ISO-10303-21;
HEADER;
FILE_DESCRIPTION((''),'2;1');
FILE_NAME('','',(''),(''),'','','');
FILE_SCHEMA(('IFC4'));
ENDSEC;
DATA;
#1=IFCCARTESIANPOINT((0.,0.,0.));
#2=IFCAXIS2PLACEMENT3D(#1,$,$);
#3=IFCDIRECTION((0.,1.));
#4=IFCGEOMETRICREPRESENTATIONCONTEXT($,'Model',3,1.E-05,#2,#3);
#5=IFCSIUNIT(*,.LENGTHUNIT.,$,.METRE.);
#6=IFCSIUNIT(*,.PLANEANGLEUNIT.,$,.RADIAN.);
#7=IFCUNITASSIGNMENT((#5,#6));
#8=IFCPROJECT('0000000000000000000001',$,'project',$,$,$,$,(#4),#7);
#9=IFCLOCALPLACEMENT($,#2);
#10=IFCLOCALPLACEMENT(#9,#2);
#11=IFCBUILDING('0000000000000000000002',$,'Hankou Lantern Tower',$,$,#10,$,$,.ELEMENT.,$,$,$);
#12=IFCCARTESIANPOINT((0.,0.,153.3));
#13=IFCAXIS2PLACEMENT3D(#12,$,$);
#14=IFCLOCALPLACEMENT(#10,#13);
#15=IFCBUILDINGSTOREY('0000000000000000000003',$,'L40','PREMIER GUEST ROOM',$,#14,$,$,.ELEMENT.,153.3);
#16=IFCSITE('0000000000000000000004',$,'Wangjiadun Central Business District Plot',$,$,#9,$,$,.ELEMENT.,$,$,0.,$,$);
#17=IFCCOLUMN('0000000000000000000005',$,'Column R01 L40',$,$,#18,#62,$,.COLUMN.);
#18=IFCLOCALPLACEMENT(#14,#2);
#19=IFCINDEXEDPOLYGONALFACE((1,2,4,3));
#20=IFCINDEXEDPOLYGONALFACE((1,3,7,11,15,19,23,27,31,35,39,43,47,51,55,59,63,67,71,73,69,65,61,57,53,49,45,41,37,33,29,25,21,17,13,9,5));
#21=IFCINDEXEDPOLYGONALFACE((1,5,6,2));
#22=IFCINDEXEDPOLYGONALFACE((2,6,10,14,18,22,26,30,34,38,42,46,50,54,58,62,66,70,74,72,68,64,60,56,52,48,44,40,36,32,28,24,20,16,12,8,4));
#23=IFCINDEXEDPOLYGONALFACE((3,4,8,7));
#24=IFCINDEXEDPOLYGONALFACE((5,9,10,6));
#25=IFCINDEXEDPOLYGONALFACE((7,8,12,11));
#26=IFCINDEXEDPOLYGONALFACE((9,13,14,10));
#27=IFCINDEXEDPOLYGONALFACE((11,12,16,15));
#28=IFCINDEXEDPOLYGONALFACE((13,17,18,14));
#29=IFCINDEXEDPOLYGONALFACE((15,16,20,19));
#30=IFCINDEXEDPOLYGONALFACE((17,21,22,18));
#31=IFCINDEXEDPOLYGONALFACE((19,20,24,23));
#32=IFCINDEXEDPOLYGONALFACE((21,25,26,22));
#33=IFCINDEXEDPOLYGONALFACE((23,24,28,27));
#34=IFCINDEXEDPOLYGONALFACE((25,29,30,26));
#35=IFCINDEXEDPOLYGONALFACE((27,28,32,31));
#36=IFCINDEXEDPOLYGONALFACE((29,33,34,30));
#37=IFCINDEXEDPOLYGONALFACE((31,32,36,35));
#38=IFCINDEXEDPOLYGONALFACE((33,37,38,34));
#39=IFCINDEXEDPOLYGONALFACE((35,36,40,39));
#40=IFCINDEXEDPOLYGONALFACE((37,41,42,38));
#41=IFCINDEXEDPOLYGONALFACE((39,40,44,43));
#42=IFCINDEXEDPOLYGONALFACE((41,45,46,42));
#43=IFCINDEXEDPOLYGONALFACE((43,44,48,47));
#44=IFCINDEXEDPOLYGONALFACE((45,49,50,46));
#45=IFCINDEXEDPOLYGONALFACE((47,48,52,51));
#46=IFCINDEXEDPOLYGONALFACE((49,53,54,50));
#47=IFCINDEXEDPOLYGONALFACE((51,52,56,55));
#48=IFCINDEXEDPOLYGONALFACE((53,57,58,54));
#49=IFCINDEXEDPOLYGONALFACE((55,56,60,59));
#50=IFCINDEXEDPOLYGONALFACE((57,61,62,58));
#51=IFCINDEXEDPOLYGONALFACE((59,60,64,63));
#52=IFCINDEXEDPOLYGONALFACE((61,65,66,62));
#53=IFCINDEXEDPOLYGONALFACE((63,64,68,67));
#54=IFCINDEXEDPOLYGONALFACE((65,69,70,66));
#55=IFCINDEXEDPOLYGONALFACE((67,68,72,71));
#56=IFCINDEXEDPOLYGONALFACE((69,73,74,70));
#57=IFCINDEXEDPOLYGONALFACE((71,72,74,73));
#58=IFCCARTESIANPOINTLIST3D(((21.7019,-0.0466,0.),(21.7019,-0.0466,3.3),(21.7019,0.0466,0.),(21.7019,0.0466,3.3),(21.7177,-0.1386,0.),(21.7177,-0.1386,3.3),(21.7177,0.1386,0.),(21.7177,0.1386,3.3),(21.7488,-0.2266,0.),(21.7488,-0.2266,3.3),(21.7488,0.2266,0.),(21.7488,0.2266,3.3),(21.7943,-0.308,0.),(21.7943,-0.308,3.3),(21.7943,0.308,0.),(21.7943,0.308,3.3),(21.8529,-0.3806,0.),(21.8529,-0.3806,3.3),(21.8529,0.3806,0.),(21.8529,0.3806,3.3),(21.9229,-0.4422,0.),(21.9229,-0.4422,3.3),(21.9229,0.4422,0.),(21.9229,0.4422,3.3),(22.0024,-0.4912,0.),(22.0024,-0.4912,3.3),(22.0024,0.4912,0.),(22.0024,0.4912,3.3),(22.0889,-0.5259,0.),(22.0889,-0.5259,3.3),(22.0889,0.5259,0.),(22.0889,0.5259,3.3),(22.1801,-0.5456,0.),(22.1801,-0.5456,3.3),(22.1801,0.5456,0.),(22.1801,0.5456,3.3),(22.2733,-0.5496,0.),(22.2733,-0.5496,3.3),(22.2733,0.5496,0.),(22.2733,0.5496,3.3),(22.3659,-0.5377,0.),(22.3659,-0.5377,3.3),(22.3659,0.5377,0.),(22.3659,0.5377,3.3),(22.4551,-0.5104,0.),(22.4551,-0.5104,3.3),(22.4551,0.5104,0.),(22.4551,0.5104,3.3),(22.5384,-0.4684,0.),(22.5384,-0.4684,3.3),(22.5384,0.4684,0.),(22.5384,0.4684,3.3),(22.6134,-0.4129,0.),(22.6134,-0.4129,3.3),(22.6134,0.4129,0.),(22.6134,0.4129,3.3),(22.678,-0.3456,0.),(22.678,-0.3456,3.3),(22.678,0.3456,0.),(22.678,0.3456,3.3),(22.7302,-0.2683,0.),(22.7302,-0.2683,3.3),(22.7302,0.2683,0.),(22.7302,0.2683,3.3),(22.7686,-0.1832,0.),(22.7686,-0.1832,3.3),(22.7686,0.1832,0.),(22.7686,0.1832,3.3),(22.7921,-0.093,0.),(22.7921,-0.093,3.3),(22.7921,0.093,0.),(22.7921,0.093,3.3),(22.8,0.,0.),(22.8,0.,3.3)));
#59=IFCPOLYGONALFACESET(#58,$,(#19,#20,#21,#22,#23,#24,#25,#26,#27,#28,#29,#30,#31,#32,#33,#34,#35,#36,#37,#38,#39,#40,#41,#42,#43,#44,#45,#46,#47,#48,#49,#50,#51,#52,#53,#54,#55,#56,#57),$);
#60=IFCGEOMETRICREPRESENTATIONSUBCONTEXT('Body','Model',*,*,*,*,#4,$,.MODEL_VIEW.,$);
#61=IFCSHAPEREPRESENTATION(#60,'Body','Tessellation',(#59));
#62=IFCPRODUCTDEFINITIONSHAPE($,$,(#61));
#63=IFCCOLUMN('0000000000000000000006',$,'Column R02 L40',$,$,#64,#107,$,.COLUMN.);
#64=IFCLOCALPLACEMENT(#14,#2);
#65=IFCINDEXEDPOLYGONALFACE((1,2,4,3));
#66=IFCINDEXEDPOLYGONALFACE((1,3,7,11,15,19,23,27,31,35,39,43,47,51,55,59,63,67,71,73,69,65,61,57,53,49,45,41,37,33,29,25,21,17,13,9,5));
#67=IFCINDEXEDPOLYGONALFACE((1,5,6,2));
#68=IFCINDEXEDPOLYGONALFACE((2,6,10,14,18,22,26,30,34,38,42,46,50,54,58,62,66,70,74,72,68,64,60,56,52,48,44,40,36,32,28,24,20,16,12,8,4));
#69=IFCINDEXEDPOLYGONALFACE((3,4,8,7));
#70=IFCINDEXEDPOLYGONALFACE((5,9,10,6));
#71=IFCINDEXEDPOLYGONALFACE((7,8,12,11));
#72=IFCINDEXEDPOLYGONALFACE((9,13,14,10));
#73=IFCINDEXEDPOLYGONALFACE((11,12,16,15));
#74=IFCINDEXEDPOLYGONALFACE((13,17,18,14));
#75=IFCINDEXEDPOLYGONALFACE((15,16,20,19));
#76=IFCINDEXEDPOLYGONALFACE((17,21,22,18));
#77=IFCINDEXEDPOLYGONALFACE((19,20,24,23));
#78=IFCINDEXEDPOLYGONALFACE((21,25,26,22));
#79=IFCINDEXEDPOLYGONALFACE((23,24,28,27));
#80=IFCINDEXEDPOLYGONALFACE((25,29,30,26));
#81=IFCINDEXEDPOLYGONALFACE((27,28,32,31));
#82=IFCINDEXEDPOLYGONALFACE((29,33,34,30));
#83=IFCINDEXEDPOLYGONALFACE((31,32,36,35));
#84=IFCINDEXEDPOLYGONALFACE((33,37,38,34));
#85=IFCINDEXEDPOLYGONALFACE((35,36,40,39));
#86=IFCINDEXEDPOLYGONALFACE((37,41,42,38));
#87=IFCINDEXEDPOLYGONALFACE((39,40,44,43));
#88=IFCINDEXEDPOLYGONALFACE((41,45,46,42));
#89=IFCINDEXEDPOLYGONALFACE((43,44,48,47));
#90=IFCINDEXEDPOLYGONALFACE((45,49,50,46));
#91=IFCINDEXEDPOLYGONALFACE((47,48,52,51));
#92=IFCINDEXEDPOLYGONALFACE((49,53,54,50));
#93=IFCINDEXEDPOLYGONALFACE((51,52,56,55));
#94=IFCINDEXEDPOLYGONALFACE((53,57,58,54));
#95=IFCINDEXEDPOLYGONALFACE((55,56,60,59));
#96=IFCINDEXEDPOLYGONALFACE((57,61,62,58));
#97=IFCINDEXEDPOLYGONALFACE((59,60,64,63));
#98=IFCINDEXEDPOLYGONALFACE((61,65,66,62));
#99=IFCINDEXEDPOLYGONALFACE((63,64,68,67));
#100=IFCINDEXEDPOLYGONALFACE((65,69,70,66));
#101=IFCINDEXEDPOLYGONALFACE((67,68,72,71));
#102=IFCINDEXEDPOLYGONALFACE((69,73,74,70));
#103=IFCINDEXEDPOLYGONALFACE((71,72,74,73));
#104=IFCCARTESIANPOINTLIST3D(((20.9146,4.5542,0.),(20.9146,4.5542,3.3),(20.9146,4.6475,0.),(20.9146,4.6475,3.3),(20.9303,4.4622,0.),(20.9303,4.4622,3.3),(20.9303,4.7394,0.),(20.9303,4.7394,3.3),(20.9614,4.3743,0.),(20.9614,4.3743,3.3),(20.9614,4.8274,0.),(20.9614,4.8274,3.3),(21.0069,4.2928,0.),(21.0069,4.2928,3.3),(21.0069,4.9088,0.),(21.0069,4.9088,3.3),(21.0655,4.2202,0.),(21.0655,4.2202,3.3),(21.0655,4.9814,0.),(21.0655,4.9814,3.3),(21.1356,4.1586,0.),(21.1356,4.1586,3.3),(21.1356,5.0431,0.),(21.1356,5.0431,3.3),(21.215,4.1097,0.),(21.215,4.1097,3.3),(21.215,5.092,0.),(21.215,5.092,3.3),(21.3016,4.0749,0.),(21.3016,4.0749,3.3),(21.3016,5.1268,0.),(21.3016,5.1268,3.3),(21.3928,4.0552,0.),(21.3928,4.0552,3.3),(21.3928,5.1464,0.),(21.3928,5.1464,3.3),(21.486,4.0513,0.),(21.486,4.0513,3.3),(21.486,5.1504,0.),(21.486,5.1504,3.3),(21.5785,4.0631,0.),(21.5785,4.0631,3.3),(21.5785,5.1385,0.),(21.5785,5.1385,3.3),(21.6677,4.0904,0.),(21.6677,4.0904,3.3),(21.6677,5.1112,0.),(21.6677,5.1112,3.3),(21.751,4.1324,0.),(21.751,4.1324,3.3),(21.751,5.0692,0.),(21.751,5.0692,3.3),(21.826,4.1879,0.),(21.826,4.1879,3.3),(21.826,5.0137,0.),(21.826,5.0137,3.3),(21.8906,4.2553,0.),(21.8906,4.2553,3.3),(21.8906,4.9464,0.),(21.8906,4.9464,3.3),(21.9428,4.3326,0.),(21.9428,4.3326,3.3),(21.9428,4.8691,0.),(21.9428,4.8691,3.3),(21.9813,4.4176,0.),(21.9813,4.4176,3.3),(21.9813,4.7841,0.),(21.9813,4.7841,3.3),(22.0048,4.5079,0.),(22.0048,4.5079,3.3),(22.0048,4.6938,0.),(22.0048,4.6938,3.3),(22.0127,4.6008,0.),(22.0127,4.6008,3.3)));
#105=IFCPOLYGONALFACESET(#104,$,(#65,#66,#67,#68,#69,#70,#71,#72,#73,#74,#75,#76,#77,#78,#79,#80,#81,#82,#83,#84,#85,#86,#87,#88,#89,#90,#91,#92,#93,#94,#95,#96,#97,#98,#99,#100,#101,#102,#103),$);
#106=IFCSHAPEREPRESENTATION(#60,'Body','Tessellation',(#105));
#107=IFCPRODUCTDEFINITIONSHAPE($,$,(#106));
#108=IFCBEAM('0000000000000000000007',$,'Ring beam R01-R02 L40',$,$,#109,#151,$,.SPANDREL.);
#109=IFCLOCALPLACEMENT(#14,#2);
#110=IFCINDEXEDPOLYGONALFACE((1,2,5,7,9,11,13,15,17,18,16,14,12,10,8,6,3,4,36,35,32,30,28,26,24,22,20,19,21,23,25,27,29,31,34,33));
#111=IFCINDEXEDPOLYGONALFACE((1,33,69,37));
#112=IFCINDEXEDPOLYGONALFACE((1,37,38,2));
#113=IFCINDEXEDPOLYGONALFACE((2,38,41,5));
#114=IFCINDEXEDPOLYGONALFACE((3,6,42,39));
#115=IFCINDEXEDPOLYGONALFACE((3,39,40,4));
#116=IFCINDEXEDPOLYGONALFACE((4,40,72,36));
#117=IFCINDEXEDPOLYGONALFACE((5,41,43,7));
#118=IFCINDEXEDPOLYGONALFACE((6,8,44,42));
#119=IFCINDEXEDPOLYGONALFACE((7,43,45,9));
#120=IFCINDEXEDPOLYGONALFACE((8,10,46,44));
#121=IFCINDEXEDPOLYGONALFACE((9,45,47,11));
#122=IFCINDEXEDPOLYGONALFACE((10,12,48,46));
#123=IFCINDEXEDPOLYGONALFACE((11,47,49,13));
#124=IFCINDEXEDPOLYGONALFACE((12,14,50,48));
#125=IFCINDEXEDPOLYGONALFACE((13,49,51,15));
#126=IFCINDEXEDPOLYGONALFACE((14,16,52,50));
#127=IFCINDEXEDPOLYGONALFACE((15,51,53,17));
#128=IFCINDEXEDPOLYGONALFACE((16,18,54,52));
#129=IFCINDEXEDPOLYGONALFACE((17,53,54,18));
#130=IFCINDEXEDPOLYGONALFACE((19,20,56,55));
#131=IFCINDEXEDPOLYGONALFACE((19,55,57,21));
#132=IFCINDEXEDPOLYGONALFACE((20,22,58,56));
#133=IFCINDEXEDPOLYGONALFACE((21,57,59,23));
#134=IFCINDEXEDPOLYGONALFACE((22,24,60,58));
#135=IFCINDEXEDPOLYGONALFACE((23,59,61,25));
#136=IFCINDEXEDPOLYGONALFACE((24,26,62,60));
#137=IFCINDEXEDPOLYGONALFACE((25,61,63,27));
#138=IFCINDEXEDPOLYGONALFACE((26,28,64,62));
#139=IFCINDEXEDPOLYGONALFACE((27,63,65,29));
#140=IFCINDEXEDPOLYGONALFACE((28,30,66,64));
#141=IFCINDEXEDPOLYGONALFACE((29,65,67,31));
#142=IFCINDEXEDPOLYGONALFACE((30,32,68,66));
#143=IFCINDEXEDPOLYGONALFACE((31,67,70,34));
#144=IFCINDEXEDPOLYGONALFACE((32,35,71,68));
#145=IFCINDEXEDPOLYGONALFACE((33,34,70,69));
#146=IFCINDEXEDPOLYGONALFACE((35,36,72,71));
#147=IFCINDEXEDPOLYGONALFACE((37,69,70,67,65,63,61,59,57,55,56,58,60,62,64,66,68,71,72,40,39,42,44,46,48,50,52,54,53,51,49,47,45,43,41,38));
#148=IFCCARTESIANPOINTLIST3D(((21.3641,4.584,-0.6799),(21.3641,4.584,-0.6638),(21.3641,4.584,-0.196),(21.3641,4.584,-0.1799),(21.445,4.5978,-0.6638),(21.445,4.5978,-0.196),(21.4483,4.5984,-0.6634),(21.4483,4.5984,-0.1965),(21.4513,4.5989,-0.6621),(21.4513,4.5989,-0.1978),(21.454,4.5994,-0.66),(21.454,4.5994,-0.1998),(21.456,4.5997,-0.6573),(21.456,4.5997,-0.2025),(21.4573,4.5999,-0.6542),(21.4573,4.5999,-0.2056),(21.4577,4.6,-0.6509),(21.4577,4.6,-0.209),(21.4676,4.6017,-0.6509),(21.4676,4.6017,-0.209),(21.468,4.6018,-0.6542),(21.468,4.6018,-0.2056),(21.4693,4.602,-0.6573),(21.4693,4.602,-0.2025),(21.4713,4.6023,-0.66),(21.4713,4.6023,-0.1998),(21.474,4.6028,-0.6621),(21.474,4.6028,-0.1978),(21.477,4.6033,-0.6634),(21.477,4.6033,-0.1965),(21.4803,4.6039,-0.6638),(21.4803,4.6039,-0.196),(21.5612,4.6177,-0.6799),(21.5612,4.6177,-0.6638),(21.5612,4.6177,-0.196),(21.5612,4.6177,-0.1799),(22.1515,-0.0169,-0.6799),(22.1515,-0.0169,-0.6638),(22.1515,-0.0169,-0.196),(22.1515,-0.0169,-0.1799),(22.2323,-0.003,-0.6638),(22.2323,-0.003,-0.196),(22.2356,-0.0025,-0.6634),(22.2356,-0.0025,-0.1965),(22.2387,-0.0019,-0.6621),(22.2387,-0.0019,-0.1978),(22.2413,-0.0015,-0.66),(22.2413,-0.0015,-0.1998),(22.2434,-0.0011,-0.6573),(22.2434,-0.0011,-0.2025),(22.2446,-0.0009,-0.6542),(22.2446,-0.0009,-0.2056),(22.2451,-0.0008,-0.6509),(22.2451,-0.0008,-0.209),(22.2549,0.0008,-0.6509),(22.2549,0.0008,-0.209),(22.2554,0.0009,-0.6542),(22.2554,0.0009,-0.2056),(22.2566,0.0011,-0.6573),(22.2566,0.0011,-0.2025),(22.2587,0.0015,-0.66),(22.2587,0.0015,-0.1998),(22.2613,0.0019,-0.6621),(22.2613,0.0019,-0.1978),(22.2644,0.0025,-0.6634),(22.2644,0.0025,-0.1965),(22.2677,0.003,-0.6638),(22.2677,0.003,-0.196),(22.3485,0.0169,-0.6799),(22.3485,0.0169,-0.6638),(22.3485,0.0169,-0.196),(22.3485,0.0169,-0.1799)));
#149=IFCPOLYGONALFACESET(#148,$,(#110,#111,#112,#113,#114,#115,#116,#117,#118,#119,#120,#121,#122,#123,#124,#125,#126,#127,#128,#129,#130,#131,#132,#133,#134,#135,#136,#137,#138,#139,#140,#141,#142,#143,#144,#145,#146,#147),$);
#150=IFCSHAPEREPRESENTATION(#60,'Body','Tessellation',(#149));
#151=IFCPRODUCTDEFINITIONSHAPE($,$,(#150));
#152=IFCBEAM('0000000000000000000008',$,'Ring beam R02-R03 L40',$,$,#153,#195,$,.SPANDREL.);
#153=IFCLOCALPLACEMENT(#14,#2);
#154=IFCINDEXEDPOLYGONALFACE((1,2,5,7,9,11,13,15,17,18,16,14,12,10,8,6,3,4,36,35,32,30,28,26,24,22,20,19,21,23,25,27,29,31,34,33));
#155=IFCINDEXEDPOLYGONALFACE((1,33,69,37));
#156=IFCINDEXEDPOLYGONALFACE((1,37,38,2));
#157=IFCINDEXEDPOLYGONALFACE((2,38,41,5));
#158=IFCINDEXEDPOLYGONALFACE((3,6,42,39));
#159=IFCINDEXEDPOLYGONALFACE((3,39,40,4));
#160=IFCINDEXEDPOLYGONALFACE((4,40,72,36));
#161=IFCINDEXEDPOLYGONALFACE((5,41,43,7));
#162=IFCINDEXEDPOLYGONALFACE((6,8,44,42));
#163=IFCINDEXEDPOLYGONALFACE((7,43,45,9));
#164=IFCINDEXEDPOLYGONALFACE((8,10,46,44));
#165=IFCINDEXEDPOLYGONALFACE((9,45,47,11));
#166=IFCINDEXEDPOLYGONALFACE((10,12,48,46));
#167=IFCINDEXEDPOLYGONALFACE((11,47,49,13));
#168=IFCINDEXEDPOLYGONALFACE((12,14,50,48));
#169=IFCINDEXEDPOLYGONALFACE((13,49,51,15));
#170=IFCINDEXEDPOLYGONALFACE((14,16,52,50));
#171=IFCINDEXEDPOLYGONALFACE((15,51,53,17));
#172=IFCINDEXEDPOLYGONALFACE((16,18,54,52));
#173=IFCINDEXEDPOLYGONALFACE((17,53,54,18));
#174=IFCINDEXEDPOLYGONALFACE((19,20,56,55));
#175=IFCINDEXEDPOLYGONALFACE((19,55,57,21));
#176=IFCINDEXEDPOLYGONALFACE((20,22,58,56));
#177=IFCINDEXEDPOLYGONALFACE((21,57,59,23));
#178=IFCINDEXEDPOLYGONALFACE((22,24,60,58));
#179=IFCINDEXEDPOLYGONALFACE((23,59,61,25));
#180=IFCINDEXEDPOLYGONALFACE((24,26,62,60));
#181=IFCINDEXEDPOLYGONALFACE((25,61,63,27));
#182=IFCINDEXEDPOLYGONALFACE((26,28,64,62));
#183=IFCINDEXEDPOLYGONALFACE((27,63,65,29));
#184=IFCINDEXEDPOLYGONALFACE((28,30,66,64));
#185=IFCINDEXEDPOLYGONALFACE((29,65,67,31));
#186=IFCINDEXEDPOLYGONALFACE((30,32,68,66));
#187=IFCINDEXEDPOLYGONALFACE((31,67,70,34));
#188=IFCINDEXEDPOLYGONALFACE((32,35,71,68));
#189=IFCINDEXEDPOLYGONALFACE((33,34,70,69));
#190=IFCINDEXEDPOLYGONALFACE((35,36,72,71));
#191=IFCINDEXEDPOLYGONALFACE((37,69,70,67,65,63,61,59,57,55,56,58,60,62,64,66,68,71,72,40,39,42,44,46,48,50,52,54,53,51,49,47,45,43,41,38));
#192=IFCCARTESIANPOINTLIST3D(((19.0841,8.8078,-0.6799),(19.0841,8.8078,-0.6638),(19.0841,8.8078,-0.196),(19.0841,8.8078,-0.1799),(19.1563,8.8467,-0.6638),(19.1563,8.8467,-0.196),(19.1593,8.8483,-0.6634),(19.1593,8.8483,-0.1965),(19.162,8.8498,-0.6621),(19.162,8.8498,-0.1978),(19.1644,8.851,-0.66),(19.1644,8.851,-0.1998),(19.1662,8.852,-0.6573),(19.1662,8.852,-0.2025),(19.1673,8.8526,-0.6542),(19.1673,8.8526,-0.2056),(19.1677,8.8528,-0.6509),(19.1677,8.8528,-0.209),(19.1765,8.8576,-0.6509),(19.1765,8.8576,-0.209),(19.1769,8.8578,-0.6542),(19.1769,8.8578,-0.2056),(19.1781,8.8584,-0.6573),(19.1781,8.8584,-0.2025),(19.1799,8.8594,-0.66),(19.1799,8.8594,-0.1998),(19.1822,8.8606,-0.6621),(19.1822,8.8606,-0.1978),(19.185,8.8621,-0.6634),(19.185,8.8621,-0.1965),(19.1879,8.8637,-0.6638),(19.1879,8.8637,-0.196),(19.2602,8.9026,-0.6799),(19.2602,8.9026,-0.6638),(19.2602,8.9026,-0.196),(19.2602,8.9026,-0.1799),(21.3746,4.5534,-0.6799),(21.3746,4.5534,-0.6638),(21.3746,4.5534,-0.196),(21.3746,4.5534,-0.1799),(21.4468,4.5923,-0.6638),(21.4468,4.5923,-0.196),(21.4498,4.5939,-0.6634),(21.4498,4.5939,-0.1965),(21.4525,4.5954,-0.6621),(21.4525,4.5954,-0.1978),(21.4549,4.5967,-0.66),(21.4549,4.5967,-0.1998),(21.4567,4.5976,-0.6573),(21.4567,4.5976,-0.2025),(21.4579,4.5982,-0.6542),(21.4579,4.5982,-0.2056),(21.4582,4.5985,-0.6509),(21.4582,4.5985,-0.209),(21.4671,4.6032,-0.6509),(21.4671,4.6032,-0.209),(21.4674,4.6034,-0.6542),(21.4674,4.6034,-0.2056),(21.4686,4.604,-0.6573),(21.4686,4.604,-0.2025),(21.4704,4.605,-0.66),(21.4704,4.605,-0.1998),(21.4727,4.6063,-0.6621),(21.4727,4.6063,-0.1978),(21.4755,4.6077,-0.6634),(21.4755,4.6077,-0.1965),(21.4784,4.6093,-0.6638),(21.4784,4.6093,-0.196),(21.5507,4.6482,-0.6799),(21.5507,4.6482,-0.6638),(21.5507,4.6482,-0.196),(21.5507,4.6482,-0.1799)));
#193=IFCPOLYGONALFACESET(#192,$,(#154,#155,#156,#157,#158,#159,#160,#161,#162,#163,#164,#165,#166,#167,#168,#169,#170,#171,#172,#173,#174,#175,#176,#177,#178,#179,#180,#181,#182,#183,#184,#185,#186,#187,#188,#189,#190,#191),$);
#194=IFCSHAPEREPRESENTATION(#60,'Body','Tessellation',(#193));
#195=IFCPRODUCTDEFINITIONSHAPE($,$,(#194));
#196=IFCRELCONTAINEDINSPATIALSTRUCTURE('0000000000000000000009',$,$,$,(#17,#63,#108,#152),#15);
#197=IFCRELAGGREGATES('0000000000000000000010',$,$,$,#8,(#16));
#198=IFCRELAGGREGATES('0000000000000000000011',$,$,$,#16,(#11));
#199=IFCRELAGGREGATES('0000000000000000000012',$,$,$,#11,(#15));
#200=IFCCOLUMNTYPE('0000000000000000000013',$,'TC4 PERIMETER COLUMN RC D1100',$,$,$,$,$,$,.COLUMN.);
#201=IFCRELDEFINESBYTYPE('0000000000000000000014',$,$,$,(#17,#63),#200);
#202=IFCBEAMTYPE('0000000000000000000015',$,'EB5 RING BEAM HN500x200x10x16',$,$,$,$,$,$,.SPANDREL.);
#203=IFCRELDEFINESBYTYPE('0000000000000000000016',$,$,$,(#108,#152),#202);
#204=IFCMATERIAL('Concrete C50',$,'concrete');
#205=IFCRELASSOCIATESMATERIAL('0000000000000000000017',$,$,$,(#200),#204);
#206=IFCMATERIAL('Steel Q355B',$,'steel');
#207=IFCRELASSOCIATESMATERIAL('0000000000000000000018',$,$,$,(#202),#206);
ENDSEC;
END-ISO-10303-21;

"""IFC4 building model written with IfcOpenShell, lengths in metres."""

from ifc_helpers import new_model, si_unit, direction, frame, origin, origin_2d, place, context, subcontext, project, spatial, circle, i_section, extrude, material, material_profile, profile_set, type_object, element, save


model = new_model("IFC4")

# Units and contexts
model_context = context("Model", 3, precision=1e-05, world=origin(), true_north=direction((0.0, 1.0)))
body_context = subcontext(model_context, "Body", "Model", "MODEL_VIEW")
ifc_project = project(units=[si_unit("LENGTHUNIT", "METRE"), si_unit("PLANEANGLEUNIT", "RADIAN")], contexts=[model_context])

# Site, building, storey
site_placement = place(None, origin())
site = spatial("IfcSite", under=ifc_project, at=site_placement, Name="Wangjiadun Central Business District Plot", CompositionType="ELEMENT", RefElevation=0.0)
building_placement = place(site_placement, origin())
building = spatial("IfcBuilding", under=site, at=building_placement, Name="Hankou Lantern Tower", CompositionType="ELEMENT")
storey_placement = place(building_placement, frame((0.0, 0.0, 153.3)))
storey = spatial("IfcBuildingStorey", under=building, at=storey_placement, Name="L40", Description="PREMIER GUEST ROOM", CompositionType="ELEMENT", Elevation=153.3)

# Columns
ifc_material_1 = material(Name="Concrete C50", Category="concrete")
ifc_material_profile_1 = material_profile(ifc_material_1, circle(Radius=0.55, at=origin_2d()), Name="RC D1100")
ifc_profile_set_1 = profile_set([ifc_material_profile_1], Name="Concrete C50")
column_type = type_object("IfcColumnType", Name="TC4 PERIMETER COLUMN RC D1100", PredefinedType="COLUMN", material=ifc_profile_set_1)
for number, where, z_axis, x_axis, name in (
    (1, (22.25, 0.0, 0.0), (0.0, 0.0, 1.0), (1.0, 0.0, 0.0), "Column R01 L40"),
    (2, (21.4626, 4.6008, 0.0), (0.0, 0.0, 1.0), (1.0, 0.0, 0.0), "Column R02 L40"),
):
    element("IfcColumn", number, at=place(storey_placement, frame(where, z_axis=z_axis, x_axis=x_axis)), inside=storey, type_object=column_type, Name=name, PredefinedType="COLUMN", context=body_context, shape_type="SweptSolid", body=[
        extrude(circle(Radius=0.55, at=origin_2d()), origin(), (0.0, 0.0, 1.0), 3.3),
    ])

# Beams
ifc_material_2 = material(Name="Steel Q355B", Category="steel")
ifc_material_profile_2 = material_profile(ifc_material_2, i_section(OverallWidth=0.2, OverallDepth=0.5, WebThickness=0.01, FlangeThickness=0.0161, FilletRadius=0.0129, at=origin_2d()), Name="HN500x200x10x16")
ifc_profile_set_2 = profile_set([ifc_material_profile_2], Name="Steel Q355B")
beam_type = type_object("IfcBeamType", Name="EB5 RING BEAM HN500x200x10x16", PredefinedType="SPANDREL", material=ifc_profile_set_2)
beam_1_placement = place(storey_placement, frame((22.25, 0.0, -0.4299), z_axis=(-0.168681, 0.985671, 0.0), x_axis=(-0.985671, -0.168681, 0.0)))
element("IfcBeam", 3, at=beam_1_placement, inside=storey, type_object=beam_type, Name="Ring beam R01-R02 L40", PredefinedType="SPANDREL", context=body_context, shape_type="SweptSolid", body=[
    extrude(i_section(OverallWidth=0.2, OverallDepth=0.5, WebThickness=0.01, FlangeThickness=0.0161, FilletRadius=0.0129, at=origin_2d()), origin(), (0.0, 0.0, 1.0), 4.6677),
])
beam_2_placement = place(storey_placement, frame((21.4626, 4.6008, -0.4299), z_axis=(-0.474052, 0.880497, 0.0), x_axis=(-0.880497, -0.474052, 0.0)))
element("IfcBeam", 4, at=beam_2_placement, inside=storey, type_object=beam_type, Name="Ring beam R02-R03 L40", PredefinedType="SPANDREL", context=body_context, shape_type="SweptSolid", body=[
    extrude(i_section(OverallWidth=0.2, OverallDepth=0.5, WebThickness=0.01, FlangeThickness=0.0161, FilletRadius=0.0129, at=origin_2d()), origin(), (0.0, 0.0, 1.0), 4.8318),
])

save(model, "model.ifc")
